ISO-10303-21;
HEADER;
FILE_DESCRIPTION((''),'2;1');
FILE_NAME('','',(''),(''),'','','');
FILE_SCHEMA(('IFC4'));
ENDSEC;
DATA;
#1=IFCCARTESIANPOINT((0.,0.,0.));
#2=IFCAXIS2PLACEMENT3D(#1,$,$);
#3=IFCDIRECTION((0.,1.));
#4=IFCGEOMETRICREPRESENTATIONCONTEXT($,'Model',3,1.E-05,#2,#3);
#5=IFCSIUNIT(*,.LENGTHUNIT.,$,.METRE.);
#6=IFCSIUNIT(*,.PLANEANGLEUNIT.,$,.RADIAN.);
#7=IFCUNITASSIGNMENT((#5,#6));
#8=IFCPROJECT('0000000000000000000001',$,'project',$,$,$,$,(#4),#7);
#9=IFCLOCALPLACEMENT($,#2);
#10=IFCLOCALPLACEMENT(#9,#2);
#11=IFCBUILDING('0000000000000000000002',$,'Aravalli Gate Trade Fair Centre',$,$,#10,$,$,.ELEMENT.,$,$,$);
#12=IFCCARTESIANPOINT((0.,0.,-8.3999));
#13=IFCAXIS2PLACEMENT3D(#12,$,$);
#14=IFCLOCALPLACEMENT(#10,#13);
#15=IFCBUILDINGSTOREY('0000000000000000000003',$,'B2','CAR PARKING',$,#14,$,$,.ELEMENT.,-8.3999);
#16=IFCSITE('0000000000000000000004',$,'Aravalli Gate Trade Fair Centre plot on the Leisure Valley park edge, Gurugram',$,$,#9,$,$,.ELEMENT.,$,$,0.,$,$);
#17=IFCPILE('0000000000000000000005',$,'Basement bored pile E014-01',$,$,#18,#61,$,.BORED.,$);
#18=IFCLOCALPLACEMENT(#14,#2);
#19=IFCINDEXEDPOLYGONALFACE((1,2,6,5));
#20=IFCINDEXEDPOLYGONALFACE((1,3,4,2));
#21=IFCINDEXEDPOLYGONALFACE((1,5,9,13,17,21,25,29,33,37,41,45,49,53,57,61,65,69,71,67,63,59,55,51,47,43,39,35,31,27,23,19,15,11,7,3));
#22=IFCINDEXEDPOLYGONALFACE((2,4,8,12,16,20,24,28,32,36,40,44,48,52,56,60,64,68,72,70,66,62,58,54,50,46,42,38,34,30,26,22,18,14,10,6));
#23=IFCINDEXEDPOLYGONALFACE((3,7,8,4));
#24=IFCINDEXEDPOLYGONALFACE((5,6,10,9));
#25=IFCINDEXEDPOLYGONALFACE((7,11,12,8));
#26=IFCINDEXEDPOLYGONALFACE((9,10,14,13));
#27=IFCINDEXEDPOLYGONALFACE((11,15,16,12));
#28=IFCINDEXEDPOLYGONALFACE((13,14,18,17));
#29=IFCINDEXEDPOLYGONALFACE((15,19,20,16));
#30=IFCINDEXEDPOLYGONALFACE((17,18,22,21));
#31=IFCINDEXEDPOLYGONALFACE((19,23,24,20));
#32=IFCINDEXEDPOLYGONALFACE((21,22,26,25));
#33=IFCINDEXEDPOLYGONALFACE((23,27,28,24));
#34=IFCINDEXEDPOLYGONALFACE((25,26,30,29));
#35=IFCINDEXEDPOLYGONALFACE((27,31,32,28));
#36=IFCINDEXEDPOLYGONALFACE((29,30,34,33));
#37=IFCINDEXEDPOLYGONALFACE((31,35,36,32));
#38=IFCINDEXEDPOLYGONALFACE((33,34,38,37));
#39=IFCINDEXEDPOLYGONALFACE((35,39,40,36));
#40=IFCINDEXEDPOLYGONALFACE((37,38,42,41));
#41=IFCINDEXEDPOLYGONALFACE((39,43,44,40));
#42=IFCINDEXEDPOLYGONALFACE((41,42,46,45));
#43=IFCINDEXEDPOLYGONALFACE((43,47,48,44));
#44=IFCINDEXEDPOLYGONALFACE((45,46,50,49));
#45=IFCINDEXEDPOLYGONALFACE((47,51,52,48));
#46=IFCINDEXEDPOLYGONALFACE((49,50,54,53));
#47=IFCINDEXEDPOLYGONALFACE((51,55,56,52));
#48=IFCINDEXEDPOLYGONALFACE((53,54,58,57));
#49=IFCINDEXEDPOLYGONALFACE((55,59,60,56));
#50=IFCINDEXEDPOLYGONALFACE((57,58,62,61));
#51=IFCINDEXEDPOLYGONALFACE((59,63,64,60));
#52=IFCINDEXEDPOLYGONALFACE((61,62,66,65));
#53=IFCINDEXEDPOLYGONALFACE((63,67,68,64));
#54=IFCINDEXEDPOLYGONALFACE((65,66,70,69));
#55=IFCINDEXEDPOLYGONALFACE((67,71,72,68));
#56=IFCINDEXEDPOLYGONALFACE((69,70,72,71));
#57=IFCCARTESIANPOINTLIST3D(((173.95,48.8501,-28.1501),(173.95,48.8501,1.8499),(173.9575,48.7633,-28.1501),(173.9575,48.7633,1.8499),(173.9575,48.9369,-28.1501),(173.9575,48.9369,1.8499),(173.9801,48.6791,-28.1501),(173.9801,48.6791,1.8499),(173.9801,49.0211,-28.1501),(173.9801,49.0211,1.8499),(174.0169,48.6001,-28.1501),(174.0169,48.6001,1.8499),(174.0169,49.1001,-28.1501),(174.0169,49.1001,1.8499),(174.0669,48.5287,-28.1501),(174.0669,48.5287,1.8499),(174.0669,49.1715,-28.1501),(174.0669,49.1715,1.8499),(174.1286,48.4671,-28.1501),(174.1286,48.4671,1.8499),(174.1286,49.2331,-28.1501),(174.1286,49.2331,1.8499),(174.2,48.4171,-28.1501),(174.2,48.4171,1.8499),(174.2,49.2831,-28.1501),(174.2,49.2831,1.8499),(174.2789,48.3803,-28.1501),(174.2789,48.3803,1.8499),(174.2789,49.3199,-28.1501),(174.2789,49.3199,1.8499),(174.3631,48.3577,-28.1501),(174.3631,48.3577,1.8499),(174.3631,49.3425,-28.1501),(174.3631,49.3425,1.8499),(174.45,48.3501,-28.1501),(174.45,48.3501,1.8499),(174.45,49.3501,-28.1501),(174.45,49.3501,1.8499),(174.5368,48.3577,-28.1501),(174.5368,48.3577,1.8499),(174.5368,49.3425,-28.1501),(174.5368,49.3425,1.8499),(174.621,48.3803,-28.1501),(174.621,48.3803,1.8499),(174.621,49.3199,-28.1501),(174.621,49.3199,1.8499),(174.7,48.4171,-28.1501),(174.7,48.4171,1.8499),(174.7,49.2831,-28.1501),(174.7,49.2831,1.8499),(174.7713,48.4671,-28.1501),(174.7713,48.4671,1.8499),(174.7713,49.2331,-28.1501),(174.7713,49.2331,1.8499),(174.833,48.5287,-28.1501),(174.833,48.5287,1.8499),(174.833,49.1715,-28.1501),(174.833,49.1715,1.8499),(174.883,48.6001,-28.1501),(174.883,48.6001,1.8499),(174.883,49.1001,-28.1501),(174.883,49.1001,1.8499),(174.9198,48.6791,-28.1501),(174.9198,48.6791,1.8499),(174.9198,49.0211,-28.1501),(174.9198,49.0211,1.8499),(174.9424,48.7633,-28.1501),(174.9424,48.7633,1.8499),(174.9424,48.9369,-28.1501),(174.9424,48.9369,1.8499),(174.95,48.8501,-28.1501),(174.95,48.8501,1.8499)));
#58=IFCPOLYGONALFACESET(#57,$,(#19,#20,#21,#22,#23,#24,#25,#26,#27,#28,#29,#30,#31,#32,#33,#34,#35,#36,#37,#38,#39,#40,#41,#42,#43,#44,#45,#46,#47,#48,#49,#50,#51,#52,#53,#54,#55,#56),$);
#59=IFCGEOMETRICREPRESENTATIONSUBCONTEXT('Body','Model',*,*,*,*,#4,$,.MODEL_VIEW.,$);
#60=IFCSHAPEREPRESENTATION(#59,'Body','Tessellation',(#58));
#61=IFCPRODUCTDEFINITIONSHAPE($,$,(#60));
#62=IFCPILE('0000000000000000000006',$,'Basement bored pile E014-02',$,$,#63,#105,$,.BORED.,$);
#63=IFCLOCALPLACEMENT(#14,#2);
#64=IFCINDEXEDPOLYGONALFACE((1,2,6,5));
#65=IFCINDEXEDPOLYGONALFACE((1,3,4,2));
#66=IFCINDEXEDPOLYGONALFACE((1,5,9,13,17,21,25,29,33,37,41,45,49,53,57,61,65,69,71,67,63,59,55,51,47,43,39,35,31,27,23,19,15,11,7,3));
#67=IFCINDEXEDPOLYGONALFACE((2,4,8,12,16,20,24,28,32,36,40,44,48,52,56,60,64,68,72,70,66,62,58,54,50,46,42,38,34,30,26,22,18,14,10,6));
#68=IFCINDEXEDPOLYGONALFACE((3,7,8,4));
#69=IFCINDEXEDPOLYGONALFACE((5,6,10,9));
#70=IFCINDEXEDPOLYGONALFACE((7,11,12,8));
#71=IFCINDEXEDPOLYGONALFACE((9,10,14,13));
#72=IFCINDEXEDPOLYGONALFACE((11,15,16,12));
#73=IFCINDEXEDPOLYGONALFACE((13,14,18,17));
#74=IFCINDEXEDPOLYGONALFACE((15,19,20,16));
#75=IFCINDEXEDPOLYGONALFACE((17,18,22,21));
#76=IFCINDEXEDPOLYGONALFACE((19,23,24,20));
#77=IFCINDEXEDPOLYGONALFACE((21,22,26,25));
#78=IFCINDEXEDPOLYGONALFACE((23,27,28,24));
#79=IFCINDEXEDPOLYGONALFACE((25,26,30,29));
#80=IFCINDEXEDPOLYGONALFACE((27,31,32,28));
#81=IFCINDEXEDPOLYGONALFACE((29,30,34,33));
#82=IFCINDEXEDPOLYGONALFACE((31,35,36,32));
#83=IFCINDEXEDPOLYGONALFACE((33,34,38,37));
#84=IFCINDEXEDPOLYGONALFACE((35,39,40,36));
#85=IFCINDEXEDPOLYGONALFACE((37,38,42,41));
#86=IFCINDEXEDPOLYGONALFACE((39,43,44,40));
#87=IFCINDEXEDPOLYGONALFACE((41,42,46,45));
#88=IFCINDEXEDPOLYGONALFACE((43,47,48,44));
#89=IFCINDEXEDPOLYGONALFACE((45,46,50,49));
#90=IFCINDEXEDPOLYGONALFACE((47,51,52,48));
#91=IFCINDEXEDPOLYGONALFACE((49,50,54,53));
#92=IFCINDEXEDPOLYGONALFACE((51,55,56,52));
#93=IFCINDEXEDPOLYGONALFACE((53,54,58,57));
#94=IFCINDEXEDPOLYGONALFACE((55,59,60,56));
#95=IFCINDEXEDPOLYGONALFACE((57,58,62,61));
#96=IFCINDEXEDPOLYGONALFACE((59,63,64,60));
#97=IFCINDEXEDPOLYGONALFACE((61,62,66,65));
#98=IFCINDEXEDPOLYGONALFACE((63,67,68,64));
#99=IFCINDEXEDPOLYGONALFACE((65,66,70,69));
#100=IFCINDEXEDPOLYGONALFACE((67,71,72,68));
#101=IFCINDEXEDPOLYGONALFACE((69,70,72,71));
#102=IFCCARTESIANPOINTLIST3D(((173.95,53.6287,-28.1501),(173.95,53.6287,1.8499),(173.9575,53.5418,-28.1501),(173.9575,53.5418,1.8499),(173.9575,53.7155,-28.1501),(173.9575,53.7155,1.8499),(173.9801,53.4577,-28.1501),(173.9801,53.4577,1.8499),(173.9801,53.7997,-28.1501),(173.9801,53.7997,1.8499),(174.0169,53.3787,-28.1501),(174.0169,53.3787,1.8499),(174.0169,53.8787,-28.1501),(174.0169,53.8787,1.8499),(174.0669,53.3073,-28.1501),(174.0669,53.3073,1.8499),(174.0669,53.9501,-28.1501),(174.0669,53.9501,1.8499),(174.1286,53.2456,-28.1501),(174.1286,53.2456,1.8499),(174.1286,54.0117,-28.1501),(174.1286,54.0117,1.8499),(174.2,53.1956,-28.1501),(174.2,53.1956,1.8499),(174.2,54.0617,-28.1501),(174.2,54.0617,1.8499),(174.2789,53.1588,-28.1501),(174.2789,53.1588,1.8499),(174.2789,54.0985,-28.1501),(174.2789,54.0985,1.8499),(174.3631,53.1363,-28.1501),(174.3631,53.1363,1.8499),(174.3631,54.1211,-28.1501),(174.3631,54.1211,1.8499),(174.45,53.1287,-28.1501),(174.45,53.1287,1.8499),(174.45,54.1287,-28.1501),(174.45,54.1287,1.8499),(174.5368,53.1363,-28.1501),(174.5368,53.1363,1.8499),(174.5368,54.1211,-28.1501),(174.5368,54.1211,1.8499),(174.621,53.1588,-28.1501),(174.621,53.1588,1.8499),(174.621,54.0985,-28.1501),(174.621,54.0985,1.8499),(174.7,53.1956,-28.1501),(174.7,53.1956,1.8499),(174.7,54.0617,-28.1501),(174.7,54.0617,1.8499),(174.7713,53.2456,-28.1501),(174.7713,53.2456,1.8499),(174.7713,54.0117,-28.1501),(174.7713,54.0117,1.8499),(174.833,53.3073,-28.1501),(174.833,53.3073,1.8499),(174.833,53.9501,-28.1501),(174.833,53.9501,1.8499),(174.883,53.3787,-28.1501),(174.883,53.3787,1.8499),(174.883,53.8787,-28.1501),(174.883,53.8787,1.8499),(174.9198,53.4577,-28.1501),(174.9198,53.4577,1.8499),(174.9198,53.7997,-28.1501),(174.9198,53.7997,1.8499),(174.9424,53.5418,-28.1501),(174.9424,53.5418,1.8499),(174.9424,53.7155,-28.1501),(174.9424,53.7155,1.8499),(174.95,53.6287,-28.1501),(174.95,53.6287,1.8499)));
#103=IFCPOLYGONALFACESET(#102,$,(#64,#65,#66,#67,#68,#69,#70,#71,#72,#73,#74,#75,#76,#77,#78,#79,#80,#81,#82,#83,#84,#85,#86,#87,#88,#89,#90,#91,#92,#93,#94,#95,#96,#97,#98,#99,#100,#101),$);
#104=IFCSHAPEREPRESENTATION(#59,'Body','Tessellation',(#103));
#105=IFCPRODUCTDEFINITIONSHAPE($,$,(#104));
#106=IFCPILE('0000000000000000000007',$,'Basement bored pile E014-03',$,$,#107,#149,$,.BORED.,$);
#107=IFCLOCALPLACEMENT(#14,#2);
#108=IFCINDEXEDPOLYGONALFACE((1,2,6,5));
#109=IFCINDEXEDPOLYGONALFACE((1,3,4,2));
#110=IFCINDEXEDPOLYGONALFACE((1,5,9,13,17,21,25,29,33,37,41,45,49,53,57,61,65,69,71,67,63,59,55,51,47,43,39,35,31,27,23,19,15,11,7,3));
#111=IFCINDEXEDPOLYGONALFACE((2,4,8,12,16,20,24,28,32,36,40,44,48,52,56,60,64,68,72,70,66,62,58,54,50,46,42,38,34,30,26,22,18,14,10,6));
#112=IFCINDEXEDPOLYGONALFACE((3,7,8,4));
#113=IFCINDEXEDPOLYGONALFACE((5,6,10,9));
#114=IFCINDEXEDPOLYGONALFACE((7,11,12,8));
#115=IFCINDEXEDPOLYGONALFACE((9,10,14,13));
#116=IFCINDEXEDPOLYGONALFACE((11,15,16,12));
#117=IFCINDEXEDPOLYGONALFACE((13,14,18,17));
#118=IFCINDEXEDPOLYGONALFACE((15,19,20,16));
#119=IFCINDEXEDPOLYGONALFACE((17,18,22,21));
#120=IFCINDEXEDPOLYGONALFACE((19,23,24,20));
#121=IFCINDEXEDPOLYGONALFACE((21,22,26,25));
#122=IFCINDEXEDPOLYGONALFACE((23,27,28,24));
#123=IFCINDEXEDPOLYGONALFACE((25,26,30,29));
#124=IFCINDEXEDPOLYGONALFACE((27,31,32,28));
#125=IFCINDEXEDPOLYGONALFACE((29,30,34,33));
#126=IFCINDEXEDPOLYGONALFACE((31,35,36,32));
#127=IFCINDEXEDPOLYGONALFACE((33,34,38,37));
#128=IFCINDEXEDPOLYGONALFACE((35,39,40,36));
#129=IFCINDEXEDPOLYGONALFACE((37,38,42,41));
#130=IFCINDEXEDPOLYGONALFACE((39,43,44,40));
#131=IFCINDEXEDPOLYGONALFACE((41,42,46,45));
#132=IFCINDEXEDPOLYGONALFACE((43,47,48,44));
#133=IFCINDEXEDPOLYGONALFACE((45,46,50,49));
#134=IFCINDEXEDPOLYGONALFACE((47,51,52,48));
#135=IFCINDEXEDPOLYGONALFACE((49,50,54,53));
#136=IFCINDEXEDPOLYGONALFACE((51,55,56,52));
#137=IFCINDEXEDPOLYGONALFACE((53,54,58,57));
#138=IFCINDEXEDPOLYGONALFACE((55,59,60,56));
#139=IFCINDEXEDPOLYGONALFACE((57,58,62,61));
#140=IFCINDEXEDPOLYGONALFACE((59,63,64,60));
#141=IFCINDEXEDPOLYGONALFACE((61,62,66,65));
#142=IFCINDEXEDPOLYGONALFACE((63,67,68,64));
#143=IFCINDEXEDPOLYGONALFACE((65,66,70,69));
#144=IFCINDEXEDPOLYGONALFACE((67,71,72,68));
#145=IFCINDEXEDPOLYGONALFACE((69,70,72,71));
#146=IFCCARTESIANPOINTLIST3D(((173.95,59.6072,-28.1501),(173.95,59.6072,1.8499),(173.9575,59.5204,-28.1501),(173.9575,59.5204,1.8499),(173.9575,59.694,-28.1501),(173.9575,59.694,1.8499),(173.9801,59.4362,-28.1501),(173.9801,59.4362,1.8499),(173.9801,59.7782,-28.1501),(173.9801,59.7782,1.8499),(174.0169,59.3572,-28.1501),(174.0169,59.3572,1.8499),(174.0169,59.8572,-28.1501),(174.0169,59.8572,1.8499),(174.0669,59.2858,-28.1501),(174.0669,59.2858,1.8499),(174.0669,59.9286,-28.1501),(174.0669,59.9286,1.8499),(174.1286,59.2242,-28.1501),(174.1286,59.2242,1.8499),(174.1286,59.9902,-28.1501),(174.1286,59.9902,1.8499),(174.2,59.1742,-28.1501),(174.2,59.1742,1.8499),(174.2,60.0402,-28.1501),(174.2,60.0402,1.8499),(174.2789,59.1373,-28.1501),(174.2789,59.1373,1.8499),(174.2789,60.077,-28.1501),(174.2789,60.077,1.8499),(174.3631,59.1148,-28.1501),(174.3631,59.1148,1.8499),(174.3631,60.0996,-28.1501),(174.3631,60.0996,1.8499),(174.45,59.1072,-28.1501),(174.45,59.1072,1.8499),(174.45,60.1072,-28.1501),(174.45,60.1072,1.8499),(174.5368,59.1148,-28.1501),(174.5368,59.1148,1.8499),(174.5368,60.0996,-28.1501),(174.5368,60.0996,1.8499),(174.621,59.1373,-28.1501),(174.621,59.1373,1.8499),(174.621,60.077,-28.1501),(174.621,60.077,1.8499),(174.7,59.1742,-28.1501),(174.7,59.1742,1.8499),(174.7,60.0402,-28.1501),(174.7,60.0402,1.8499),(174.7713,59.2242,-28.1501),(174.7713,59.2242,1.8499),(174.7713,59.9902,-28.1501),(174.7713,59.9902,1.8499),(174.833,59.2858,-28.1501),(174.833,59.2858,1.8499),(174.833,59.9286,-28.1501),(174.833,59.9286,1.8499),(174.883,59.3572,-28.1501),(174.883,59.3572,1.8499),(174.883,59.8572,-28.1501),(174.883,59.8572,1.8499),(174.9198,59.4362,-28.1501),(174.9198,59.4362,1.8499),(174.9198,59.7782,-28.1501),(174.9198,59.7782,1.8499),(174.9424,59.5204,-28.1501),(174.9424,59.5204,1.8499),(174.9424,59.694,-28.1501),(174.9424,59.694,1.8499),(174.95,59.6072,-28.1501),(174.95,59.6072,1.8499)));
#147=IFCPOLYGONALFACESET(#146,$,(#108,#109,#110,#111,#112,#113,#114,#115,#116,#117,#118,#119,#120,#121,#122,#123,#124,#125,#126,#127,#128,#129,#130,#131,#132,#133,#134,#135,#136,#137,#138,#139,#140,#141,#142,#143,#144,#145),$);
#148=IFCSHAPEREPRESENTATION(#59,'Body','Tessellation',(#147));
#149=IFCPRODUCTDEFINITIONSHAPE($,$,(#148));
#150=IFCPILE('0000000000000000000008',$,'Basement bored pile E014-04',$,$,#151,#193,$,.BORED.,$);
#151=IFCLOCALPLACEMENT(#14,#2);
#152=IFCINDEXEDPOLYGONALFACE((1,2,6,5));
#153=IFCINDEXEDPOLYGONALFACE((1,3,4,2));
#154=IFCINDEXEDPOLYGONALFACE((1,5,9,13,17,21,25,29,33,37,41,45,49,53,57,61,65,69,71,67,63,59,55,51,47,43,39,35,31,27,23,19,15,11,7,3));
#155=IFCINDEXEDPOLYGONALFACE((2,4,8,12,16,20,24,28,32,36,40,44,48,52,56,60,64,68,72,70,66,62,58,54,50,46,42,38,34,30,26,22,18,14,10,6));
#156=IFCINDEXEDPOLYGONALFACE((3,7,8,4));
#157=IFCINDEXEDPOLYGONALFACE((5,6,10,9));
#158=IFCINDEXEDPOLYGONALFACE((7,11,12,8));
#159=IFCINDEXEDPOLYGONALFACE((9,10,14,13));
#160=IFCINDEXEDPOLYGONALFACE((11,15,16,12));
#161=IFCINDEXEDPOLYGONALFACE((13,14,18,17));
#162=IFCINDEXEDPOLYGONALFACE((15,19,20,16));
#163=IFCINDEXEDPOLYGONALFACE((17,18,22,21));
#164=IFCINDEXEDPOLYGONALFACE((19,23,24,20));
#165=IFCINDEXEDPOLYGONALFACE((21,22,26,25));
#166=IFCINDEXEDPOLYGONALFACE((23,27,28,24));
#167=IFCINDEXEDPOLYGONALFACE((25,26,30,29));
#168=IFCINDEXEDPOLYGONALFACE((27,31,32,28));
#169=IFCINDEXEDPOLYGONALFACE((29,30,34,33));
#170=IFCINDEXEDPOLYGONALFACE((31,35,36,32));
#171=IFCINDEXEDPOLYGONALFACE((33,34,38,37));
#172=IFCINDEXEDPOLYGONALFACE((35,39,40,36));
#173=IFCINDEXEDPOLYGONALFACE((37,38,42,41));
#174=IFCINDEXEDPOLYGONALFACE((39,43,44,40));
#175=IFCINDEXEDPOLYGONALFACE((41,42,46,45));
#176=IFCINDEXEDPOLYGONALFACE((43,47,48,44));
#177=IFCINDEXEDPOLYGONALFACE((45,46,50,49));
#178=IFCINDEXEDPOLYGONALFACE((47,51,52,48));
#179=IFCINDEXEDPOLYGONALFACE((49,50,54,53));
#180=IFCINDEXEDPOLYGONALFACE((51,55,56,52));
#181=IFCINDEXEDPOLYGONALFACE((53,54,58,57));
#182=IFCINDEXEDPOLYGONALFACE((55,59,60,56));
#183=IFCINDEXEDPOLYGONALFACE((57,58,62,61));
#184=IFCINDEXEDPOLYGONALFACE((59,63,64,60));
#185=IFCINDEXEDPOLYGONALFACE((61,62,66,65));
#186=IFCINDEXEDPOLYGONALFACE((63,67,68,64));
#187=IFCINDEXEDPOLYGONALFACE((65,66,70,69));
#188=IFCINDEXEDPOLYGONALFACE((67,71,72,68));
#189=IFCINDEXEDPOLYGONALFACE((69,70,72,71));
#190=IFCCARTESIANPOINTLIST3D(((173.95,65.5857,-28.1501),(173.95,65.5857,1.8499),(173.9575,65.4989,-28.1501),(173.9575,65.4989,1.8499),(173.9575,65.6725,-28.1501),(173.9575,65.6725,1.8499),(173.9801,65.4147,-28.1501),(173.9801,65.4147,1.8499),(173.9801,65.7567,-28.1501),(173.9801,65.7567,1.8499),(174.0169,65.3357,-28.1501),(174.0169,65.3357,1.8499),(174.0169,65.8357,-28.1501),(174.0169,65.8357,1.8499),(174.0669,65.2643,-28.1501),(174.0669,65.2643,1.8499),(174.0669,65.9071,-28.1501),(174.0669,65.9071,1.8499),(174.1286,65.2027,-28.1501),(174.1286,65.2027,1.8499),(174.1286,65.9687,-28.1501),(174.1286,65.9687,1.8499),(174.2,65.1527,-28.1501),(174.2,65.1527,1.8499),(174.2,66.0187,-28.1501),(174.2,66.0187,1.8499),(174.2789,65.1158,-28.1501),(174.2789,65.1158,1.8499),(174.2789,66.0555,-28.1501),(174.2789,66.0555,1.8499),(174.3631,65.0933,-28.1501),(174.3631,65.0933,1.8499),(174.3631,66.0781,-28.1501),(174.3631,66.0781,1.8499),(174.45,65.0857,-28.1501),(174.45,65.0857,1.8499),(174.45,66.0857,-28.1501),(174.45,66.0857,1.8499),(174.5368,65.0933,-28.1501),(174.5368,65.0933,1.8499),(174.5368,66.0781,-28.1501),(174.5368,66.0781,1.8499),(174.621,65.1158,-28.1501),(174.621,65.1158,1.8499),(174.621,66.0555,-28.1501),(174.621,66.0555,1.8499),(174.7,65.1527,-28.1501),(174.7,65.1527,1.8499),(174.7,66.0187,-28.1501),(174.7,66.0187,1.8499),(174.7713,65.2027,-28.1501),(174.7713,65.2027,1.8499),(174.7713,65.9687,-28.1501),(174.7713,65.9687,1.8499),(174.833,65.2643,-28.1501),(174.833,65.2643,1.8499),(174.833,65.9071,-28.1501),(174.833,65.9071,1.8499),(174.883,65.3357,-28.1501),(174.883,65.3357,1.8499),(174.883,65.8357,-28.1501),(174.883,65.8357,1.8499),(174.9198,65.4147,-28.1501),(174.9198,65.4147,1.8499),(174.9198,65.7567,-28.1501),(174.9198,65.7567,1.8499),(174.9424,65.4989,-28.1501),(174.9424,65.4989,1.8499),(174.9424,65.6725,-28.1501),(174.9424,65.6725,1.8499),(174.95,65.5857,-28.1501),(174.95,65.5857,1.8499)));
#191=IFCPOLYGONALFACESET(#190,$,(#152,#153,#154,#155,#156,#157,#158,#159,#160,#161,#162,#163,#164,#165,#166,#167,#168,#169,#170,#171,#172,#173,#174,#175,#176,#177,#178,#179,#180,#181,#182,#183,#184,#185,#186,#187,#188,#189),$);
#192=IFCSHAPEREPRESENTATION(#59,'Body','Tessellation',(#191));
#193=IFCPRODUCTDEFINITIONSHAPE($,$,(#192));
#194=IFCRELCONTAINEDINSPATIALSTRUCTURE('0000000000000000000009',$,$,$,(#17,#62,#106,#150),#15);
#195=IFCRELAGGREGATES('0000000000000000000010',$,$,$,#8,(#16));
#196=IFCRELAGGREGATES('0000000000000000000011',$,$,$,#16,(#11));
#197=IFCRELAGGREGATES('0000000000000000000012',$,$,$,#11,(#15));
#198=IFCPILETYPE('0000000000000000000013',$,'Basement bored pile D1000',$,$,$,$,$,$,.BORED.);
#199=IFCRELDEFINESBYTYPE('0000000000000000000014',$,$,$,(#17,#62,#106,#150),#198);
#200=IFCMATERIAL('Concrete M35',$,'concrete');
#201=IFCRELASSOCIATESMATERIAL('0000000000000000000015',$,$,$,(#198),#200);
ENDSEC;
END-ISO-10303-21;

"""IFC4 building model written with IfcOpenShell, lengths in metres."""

from ifc_helpers import new_model, si_unit, direction, frame, origin, origin_2d, place, context, subcontext, project, spatial, circle, extrude, material, material_profile, profile_set, type_object, element, save


model = new_model("IFC4")

# Units and contexts
model_context = context("Model", 3, precision=1e-05, world=origin(), true_north=direction((0.0, 1.0)))
body_context = subcontext(model_context, "Body", "Model", "MODEL_VIEW")
ifc_project = project(units=[si_unit("LENGTHUNIT", "METRE"), si_unit("PLANEANGLEUNIT", "RADIAN")], contexts=[model_context])

# Site, building, storey
site_placement = place(None, origin())
site = spatial("IfcSite", under=ifc_project, at=site_placement, Name="Aravalli Gate Trade Fair Centre plot on the Leisure Valley park edge, Gurugram", CompositionType="ELEMENT", RefElevation=0.0)
building_placement = place(site_placement, origin())
building = spatial("IfcBuilding", under=site, at=building_placement, Name="Aravalli Gate Trade Fair Centre", CompositionType="ELEMENT")
storey_placement = place(building_placement, frame((0.0, 0.0, -8.3999)))
storey = spatial("IfcBuildingStorey", under=building, at=storey_placement, Name="B2", Description="CAR PARKING", CompositionType="ELEMENT", Elevation=-8.3999)

# Piles
ifc_material = material(Name="Concrete M35", Category="concrete")
ifc_material_profile = material_profile(ifc_material, circle(Radius=0.5, at=origin_2d()), Name="D1000")
ifc_profile_set = profile_set([ifc_material_profile], Name="Concrete M35")
pile_type = type_object("IfcPileType", Name="Basement bored pile D1000", PredefinedType="BORED", material=ifc_profile_set)
for number, where, z_axis, x_axis, name in (
    (1, (174.45, 48.8501, 1.8499), (0.0, 0.0, -1.0), (1.0, 0.0, 0.0), "Basement bored pile E014-01"),
    (2, (174.45, 53.6287, 1.8499), (0.0, 0.0, -1.0), (1.0, 0.0, 0.0), "Basement bored pile E014-02"),
    (3, (174.45, 59.6072, 1.8499), (0.0, 0.0, -1.0), (1.0, 0.0, 0.0), "Basement bored pile E014-03"),
    (4, (174.45, 65.5857, 1.8499), (0.0, 0.0, -1.0), (1.0, 0.0, 0.0), "Basement bored pile E014-04"),
):
    element("IfcPile", number, at=place(storey_placement, frame(where, z_axis=z_axis, x_axis=x_axis)), inside=storey, type_object=pile_type, Name=name, PredefinedType="BORED", context=body_context, shape_type="SweptSolid", body=[
        extrude(circle(Radius=0.5, at=origin_2d()), origin(), (0.0, 0.0, 1.0), 30.0),
    ])

save(model, "model.ifc")
